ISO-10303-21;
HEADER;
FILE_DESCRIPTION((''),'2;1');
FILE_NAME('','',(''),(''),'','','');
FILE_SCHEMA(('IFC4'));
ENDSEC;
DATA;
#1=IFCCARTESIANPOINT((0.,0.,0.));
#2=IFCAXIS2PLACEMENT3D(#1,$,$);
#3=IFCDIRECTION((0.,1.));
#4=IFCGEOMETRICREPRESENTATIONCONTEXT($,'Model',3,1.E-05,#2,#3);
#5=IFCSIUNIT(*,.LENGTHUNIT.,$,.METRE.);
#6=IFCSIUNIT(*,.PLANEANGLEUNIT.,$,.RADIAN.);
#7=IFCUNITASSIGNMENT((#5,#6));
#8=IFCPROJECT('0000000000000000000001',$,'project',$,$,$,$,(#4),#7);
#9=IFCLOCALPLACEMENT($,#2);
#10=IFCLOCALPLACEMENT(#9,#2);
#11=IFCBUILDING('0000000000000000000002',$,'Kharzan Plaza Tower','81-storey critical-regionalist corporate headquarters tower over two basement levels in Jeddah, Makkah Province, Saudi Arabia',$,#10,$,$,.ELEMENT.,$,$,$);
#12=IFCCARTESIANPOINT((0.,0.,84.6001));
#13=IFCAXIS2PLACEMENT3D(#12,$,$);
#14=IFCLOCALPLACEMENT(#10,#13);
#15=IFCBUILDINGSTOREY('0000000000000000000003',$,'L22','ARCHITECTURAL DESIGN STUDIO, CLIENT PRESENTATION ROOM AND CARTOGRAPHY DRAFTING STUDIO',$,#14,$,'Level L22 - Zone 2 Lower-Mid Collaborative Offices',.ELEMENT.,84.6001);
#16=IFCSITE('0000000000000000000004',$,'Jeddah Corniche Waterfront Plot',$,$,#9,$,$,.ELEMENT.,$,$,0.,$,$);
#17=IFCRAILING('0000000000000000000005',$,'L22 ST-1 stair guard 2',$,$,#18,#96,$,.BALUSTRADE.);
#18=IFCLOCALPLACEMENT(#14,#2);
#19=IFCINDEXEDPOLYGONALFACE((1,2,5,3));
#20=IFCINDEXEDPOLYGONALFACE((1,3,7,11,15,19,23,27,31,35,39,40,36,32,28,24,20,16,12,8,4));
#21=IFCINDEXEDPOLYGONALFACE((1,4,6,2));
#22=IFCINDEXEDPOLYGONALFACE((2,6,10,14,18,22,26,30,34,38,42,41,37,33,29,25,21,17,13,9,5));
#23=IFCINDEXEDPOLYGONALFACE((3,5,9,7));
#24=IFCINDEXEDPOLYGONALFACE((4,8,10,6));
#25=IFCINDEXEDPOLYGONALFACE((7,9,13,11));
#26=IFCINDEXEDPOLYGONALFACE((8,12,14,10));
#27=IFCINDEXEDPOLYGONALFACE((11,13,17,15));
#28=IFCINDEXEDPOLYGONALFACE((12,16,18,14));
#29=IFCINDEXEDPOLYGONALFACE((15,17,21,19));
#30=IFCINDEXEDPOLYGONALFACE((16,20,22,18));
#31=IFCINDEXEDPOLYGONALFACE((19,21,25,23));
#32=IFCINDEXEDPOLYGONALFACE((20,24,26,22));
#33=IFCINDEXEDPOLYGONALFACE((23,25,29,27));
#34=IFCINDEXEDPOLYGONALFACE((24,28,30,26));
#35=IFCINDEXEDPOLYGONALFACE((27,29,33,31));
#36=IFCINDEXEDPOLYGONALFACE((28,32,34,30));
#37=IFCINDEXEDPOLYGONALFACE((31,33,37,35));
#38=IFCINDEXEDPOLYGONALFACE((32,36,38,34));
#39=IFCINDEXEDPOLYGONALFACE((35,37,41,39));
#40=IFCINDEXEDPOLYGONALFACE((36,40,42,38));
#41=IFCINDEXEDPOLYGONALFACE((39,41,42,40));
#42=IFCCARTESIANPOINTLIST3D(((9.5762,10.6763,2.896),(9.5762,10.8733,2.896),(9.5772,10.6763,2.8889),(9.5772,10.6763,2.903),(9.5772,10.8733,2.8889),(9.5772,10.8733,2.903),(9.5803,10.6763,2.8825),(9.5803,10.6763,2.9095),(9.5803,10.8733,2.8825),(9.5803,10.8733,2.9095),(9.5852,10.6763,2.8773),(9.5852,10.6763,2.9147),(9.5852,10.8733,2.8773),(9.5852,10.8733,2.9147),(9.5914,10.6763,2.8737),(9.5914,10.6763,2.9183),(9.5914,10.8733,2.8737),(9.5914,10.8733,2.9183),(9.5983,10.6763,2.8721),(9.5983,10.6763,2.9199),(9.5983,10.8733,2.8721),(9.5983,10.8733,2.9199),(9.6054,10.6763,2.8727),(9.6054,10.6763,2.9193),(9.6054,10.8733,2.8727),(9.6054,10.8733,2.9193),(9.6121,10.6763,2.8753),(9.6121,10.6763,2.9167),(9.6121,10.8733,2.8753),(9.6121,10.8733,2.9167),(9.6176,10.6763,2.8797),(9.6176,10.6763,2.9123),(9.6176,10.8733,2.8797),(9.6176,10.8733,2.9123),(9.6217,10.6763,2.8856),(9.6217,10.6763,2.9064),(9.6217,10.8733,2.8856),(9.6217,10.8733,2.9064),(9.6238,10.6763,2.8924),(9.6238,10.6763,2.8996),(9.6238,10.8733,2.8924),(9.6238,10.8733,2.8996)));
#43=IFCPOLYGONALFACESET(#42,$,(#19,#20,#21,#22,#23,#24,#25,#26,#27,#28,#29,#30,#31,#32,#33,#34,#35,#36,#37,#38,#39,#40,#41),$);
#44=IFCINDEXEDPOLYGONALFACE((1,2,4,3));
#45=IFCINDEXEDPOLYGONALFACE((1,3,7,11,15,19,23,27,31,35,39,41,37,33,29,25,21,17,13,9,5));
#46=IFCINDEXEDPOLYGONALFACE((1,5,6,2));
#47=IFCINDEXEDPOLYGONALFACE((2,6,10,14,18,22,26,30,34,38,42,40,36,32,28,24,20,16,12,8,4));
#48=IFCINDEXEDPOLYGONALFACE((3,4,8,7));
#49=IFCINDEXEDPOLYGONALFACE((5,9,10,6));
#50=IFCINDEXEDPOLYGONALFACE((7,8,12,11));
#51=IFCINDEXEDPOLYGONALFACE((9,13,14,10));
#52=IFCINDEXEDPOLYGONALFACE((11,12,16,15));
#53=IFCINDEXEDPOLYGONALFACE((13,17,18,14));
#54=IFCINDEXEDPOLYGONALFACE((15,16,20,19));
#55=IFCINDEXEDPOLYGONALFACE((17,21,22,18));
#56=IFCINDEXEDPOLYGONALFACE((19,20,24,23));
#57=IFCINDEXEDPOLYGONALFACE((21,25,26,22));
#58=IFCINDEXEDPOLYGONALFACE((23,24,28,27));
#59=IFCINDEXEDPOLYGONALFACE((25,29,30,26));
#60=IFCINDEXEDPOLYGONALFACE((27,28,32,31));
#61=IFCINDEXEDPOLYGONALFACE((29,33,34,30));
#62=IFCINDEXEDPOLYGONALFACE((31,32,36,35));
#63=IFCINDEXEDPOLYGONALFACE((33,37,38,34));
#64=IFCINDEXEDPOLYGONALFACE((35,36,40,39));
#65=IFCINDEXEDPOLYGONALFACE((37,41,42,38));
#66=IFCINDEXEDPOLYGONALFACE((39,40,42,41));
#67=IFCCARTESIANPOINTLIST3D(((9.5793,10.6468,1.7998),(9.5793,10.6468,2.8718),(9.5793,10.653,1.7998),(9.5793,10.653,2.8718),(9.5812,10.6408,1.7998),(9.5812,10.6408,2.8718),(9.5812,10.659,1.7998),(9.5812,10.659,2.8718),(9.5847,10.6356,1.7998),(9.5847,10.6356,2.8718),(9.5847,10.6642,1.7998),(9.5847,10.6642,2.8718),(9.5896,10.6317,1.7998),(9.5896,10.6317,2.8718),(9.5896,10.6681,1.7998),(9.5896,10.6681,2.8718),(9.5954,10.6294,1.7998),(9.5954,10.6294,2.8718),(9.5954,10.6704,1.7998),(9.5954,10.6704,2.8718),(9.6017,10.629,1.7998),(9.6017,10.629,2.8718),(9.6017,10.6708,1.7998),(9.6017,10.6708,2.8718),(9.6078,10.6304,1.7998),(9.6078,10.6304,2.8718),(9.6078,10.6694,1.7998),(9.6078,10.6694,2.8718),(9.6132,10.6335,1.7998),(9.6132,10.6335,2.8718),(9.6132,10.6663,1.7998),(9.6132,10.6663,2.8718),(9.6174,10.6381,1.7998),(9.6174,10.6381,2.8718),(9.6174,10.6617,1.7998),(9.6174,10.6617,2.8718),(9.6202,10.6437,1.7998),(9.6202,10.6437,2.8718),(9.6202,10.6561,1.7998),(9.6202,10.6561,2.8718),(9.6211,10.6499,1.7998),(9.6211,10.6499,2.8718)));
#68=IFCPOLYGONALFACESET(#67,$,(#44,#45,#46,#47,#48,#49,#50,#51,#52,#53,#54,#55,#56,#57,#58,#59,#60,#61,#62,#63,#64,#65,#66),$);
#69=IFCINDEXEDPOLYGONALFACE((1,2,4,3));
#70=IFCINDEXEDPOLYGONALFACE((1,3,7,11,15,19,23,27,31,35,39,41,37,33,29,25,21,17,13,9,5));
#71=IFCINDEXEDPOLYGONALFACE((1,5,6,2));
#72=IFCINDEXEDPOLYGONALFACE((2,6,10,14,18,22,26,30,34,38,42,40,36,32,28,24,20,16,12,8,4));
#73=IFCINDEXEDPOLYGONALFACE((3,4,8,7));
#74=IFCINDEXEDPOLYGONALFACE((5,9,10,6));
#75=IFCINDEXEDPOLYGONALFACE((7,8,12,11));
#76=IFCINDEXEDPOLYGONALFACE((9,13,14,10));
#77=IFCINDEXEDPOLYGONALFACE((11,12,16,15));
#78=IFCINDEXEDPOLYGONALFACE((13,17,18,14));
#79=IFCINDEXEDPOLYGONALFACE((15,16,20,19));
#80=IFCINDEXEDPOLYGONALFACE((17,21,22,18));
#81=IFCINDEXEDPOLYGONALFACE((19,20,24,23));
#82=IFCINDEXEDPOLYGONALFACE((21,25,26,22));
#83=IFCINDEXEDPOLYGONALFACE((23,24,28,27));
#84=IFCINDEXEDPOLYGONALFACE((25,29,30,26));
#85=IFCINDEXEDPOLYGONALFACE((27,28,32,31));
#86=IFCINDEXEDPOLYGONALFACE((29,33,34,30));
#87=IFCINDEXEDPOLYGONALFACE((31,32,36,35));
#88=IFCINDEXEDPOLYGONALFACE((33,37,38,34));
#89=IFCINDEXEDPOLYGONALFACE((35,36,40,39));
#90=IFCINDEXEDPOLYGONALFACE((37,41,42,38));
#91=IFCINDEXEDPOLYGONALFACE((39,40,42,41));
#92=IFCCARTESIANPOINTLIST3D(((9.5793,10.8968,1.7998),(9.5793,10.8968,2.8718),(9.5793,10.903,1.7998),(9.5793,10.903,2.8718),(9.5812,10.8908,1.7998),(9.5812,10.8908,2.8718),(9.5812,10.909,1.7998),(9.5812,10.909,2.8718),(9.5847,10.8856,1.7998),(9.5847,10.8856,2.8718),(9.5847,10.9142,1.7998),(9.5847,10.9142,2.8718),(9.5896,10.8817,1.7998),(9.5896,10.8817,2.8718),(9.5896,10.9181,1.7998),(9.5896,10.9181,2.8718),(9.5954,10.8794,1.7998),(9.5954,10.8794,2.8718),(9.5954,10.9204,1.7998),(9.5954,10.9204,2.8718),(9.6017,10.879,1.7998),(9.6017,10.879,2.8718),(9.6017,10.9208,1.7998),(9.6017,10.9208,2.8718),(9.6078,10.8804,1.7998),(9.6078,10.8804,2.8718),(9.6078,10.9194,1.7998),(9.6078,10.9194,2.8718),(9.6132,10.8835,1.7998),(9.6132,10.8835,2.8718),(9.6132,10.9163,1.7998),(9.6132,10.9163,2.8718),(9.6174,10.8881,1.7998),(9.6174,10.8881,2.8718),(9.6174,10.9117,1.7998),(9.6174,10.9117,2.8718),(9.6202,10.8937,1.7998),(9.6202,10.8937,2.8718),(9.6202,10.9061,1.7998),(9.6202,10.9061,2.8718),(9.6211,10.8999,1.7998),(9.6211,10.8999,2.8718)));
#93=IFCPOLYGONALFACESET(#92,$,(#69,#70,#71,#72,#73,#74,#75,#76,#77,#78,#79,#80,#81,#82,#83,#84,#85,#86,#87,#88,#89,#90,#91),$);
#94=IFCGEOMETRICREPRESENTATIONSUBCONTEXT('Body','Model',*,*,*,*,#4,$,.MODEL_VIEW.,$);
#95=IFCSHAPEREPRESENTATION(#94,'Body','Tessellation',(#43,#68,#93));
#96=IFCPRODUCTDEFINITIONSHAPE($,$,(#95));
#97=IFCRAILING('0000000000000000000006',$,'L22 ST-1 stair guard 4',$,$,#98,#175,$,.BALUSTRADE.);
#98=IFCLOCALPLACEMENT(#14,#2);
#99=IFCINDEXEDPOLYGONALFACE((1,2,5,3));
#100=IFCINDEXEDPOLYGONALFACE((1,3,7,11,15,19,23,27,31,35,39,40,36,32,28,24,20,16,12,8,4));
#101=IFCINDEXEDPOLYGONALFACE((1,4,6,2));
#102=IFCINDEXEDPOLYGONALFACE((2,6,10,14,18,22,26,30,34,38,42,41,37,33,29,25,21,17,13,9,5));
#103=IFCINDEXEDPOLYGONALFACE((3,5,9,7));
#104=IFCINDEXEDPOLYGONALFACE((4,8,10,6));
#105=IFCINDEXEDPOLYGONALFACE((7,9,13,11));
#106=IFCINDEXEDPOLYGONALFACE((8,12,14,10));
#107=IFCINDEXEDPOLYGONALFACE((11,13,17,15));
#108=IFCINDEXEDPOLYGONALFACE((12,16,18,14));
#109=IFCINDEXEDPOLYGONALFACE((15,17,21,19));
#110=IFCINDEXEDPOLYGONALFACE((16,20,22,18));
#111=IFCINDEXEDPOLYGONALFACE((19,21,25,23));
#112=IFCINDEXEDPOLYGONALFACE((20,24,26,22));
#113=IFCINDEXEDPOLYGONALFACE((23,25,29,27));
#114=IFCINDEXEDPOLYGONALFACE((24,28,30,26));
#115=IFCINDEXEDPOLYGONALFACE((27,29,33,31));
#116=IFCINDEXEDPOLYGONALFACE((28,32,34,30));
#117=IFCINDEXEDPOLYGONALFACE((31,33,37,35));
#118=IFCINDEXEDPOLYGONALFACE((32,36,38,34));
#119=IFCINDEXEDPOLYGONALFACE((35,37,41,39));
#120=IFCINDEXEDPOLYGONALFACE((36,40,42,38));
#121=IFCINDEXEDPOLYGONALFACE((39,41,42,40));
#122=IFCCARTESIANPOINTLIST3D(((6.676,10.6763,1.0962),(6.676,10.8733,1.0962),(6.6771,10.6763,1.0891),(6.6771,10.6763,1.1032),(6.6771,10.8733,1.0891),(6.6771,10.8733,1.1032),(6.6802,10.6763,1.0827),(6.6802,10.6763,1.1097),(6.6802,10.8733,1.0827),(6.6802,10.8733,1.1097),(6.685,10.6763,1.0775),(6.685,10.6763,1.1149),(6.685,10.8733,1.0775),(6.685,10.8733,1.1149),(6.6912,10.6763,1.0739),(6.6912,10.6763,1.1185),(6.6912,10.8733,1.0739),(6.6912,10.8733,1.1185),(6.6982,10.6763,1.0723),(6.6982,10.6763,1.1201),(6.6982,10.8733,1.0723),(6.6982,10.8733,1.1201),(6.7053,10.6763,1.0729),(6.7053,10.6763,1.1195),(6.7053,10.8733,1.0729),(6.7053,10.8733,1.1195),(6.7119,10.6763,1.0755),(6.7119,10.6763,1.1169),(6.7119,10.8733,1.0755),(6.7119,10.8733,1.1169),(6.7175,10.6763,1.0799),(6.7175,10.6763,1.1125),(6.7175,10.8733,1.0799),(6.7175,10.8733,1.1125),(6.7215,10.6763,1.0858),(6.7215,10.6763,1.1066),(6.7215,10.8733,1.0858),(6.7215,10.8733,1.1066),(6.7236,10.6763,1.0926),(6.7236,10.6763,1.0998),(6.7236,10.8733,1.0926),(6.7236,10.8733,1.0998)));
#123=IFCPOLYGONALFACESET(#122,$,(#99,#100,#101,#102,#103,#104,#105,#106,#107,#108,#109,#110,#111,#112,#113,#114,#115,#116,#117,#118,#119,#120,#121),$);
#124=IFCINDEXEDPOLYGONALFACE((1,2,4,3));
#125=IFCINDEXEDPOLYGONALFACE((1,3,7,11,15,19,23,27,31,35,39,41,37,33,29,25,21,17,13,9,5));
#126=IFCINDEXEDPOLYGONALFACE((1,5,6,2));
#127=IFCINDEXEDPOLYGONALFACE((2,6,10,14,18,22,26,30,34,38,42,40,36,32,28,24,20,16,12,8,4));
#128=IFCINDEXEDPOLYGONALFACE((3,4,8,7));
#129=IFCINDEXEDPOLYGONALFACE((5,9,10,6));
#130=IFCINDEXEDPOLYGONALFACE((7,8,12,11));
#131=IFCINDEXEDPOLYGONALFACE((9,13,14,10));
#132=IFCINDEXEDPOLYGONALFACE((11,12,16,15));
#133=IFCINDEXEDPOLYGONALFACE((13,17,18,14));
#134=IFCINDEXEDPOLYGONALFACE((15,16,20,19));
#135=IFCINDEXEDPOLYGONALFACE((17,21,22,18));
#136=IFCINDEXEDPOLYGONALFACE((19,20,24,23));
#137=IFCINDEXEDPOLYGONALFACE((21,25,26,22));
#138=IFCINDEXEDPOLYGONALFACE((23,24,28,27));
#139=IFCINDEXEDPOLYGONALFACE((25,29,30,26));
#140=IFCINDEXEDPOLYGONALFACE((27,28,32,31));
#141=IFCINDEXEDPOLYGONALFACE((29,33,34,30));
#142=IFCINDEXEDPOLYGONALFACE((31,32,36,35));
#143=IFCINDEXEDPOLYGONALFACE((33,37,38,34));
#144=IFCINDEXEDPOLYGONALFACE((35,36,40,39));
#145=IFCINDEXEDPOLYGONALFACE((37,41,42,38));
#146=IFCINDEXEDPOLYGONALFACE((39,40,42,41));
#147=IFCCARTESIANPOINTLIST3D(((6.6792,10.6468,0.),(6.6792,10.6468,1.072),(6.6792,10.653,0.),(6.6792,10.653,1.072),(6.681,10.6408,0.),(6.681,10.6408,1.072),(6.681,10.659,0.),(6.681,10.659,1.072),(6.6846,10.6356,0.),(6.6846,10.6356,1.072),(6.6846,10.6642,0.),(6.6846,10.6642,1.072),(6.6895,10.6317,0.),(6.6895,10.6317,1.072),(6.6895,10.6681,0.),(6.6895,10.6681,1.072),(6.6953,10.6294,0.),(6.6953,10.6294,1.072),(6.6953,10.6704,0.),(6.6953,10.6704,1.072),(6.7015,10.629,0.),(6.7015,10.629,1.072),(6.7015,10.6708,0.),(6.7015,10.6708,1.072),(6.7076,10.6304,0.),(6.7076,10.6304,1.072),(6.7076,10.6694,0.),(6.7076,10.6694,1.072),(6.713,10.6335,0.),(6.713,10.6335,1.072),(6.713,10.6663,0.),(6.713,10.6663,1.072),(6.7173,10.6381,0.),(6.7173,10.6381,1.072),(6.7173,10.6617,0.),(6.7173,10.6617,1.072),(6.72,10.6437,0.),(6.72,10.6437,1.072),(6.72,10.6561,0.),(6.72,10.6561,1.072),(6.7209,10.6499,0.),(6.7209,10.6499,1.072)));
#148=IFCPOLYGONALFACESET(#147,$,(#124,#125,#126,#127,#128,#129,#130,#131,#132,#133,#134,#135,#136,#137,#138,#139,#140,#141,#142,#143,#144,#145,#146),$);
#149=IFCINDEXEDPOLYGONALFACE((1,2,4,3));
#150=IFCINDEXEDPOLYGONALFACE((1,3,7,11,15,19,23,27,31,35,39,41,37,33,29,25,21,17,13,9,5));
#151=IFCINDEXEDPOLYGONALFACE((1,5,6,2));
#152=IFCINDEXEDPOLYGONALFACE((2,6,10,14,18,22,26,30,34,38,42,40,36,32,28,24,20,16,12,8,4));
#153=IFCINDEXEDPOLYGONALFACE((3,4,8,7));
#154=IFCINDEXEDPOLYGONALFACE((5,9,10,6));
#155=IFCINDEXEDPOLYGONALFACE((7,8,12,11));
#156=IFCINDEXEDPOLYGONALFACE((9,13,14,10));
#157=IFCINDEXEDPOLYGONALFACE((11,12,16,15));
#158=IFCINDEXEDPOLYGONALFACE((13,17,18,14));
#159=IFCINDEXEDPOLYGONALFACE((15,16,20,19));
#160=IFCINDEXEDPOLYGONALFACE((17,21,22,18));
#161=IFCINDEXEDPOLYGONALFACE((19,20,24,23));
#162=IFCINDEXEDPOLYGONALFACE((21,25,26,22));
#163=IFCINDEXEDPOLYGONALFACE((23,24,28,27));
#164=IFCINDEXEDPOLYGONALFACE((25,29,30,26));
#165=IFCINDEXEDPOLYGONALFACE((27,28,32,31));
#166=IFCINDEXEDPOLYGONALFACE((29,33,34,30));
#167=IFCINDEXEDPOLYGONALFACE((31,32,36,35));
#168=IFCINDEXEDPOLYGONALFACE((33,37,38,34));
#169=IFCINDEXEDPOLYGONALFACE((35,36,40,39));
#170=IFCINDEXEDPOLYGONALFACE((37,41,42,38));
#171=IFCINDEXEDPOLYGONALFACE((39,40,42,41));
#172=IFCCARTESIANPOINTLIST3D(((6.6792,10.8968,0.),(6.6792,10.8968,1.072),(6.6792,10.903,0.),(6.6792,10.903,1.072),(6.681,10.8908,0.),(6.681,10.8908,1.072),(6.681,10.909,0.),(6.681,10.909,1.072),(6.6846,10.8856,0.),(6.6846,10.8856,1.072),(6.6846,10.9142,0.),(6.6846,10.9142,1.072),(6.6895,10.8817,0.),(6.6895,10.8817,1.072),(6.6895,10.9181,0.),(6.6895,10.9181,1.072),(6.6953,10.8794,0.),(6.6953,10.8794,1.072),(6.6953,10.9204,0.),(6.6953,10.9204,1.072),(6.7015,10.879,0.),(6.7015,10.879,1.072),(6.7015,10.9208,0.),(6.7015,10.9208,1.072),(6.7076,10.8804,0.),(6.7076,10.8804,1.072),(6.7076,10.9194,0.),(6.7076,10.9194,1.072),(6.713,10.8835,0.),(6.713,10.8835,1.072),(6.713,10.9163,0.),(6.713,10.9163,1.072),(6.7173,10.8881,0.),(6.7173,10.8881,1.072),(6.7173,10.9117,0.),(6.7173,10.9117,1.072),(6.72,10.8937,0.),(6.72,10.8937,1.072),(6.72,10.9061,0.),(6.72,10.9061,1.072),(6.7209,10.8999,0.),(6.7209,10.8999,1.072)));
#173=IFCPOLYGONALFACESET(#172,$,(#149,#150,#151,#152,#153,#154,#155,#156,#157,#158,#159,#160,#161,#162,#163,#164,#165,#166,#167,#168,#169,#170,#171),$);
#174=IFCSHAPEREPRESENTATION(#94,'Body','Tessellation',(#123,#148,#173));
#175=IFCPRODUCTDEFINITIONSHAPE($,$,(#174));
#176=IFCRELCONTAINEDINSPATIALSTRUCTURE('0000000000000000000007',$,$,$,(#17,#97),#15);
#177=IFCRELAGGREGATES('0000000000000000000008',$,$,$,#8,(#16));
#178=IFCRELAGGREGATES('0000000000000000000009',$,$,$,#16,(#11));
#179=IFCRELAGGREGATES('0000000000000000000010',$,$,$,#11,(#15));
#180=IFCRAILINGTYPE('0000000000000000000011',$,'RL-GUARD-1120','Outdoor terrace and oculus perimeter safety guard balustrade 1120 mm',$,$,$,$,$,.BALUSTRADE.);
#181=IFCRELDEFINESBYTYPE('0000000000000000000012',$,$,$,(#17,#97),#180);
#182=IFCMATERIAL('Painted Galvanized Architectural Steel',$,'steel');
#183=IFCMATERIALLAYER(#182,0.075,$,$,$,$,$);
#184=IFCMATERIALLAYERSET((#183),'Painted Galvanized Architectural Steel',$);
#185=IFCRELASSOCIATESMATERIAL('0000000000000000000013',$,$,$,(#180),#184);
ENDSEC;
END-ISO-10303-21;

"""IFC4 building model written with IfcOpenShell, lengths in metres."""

from ifc_helpers import new_model, si_unit, direction, frame, origin, origin_2d, place, context, subcontext, project, spatial, circle, extrude, source, transform, mapped, material, layer, layer_set, type_object, element, save


model = new_model("IFC4")

# Units and contexts
model_context = context("Model", 3, precision=1e-05, world=origin(), true_north=direction((0.0, 1.0)))
body_context = subcontext(model_context, "Body", "Model", "MODEL_VIEW")
ifc_project = project(units=[si_unit("LENGTHUNIT", "METRE"), si_unit("PLANEANGLEUNIT", "RADIAN")], contexts=[model_context])

# Site, building, storey
site_placement = place(None, origin())
site = spatial("IfcSite", under=ifc_project, at=site_placement, Name="Jeddah Corniche Waterfront Plot", CompositionType="ELEMENT", RefElevation=0.0)
building_placement = place(site_placement, origin())
building = spatial("IfcBuilding", under=site, at=building_placement, Name="Kharzan Plaza Tower", Description="81-storey critical-regionalist corporate headquarters tower over two basement levels in Jeddah, Makkah Province, Saudi Arabia", CompositionType="ELEMENT")
storey_placement = place(building_placement, frame((0.0, 0.0, 84.6001)))
storey = spatial("IfcBuildingStorey", under=building, at=storey_placement, Name="L22", Description="ARCHITECTURAL DESIGN STUDIO, CLIENT PRESENTATION ROOM AND CARTOGRAPHY DRAFTING STUDIO", LongName="Level L22 - Zone 2 Lower-Mid Collaborative Offices", CompositionType="ELEMENT", Elevation=84.6001)

# Railings
ifc_material_1 = material(Name="Painted Galvanized Architectural Steel", Category="steel")
ifc_layer_1 = layer(ifc_material_1, 0.075)
ifc_layer_set_1 = layer_set([ifc_layer_1], Name="Painted Galvanized Architectural Steel")
railing_type_1 = type_object("IfcRailingType", Name="RL-GUARD-1120", Description="Outdoor terrace and oculus perimeter safety guard balustrade 1120 mm", PredefinedType="BALUSTRADE", material=ifc_layer_set_1)
shared_shape_1 = source(origin(), body_context, "Body", "SweptSolid", [
    extrude(circle(Radius=0.0239, at=origin_2d()), frame((0.0, 0.0264, 1.0962), z_axis=(0.0, 1.0, 0.0), x_axis=(-1.0, 0.0, 0.0)), (0.0, 0.0, 1.0), 0.197),
    extrude(circle(Radius=0.021, at=origin_2d()), origin(), (0.0, 0.0, 1.0), 1.072),
    extrude(circle(Radius=0.021, at=origin_2d()), frame((0.0, 0.25, 0.0)), (0.0, 0.0, 1.0), 1.072),
])
for number, where, name in (
    (1, (9.6001, 10.6499, 1.7998), "L22 ST-1 stair guard 2"),
    (2, (6.7, 10.6499, 0.0), "L22 ST-1 stair guard 4"),
):
    element("IfcRailing", number, at=place(storey_placement, frame(where)), inside=storey, type_object=railing_type_1, Name=name, PredefinedType="BALUSTRADE", context=body_context, shape_type="MappedRepresentation", body=[
        mapped(shared_shape_1, transform((0.0, 0.0, 0.0), x_axis=(1.0, 0.0, 0.0), y_axis=(0.0, 1.0, 0.0), z_axis=(0.0, 0.0, 1.0))),
    ])

save(model, "model.ifc")
